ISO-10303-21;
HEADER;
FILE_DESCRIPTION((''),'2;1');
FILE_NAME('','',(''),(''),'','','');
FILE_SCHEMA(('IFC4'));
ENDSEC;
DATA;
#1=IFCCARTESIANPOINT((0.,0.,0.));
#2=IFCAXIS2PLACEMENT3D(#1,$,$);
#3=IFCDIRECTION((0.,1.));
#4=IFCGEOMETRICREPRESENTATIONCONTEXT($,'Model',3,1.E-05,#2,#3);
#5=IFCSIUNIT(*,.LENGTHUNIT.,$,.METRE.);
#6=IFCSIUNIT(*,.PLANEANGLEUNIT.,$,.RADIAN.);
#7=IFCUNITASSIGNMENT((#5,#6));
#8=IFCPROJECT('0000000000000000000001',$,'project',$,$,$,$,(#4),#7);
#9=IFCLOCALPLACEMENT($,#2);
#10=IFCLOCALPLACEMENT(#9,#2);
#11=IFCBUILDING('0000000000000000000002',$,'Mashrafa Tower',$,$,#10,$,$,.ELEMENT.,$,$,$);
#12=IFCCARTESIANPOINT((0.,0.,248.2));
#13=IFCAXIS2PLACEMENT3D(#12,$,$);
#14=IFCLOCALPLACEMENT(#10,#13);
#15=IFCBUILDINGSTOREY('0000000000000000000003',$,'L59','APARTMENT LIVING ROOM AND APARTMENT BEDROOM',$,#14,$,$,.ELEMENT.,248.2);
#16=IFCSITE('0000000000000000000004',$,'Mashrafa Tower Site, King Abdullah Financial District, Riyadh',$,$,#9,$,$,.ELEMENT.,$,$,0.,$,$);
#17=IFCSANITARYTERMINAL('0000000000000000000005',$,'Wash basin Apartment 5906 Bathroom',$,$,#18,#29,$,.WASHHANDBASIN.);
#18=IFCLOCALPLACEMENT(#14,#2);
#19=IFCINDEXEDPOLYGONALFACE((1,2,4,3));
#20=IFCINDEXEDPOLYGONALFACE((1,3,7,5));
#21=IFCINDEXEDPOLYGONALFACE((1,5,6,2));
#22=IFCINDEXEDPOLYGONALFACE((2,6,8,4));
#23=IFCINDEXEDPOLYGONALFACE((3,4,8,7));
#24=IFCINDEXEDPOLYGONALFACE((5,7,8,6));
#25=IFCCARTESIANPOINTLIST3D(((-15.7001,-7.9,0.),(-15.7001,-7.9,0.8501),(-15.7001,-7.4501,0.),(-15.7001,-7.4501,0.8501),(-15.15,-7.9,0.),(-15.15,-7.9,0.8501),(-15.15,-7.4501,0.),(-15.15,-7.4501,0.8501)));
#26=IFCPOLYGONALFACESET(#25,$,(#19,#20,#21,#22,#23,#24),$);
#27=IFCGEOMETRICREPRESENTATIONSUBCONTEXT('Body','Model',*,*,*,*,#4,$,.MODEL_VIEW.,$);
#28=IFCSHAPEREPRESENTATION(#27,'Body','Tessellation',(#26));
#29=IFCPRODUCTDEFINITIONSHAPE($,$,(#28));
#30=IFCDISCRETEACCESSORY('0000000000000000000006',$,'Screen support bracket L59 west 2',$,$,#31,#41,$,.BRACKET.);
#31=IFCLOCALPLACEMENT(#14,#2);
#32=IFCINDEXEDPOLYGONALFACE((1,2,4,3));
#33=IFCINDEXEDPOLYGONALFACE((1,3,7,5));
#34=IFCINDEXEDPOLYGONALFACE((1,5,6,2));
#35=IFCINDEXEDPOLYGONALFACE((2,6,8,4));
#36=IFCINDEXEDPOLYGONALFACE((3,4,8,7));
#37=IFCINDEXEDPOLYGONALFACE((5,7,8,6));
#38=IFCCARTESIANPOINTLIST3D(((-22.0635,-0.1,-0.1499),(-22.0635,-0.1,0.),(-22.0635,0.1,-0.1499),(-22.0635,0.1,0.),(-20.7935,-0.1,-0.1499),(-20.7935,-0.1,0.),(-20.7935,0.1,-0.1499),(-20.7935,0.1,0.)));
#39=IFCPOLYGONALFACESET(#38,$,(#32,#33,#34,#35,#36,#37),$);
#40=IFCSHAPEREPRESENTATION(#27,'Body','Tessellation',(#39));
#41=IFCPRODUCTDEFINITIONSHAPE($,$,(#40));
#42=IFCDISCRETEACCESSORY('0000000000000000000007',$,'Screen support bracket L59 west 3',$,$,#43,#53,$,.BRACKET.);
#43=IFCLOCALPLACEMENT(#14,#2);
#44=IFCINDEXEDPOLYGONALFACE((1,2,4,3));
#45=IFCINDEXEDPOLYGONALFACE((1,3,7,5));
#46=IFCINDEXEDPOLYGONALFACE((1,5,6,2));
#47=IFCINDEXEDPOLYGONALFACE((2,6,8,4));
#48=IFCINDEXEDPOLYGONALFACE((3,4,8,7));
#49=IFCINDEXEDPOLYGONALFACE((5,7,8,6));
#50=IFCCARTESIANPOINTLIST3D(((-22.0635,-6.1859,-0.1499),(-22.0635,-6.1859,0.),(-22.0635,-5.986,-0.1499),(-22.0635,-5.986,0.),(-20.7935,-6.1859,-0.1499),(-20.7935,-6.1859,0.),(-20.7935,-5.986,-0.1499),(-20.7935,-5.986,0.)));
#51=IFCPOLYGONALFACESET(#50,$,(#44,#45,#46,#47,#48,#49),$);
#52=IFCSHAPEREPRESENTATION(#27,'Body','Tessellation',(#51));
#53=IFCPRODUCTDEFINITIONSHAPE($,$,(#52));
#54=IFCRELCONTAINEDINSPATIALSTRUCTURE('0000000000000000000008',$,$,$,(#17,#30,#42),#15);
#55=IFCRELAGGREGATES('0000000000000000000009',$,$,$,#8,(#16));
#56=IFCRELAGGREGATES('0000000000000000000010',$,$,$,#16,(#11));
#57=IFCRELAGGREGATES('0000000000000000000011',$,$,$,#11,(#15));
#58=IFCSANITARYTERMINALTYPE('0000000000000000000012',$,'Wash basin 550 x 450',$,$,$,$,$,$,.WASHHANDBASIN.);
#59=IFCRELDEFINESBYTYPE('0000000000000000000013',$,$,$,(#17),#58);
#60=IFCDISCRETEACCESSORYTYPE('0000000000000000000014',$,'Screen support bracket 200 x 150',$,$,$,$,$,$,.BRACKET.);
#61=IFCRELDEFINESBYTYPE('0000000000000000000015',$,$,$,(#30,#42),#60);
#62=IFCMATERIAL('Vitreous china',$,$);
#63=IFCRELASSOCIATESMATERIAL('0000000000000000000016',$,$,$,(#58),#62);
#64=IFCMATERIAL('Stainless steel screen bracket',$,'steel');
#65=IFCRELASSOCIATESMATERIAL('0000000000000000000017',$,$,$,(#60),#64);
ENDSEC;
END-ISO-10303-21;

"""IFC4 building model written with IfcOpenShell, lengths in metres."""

from ifc_helpers import new_model, si_unit, direction, frame, origin, origin_2d, place, context, subcontext, project, spatial, rectangle, extrude, source, transform, mapped, material, type_object, type_shapes, element, save


model = new_model("IFC4")

# Units and contexts
model_context = context("Model", 3, precision=1e-05, world=origin(), true_north=direction((0.0, 1.0)))
body_context = subcontext(model_context, "Body", "Model", "MODEL_VIEW")
ifc_project = project(units=[si_unit("LENGTHUNIT", "METRE"), si_unit("PLANEANGLEUNIT", "RADIAN")], contexts=[model_context])

# Site, building, storey
site_placement = place(None, origin())
site = spatial("IfcSite", under=ifc_project, at=site_placement, Name="Mashrafa Tower Site, King Abdullah Financial District, Riyadh", CompositionType="ELEMENT", RefElevation=0.0)
building_placement = place(site_placement, origin())
building = spatial("IfcBuilding", under=site, at=building_placement, Name="Mashrafa Tower", CompositionType="ELEMENT")
storey_placement = place(building_placement, frame((0.0, 0.0, 248.2)))
storey = spatial("IfcBuildingStorey", under=building, at=storey_placement, Name="L59", Description="APARTMENT LIVING ROOM AND APARTMENT BEDROOM", CompositionType="ELEMENT", Elevation=248.2)

# Sanitary terminal
ifc_material_1 = material(Name="Vitreous china")
sanitary_terminal_type_1 = type_object("IfcSanitaryTerminalType", Name="Wash basin 550 x 450", PredefinedType="WASHHANDBASIN", material=ifc_material_1)
sanitary_terminal_1_placement = place(storey_placement, frame((-15.425, -7.675, 0.0), z_axis=(0.0, 0.0, 1.0), x_axis=(-1.0, 0.0, 0.0)))
element("IfcSanitaryTerminal", 1, at=sanitary_terminal_1_placement, inside=storey, type_object=sanitary_terminal_type_1, Name="Wash basin Apartment 5906 Bathroom", PredefinedType="WASHHANDBASIN", context=body_context, shape_type="SweptSolid", body=[
    extrude(rectangle(XDim=0.55, YDim=0.45, at=origin_2d()), origin(), (0.0, 0.0, 1.0), 0.8501),
])

# Discrete accessories
ifc_material_2 = material(Name="Stainless steel screen bracket", Category="steel")
discrete_accessory_type = type_object("IfcDiscreteAccessoryType", Name="Screen support bracket 200 x 150", PredefinedType="BRACKET", material=ifc_material_2)
shared_shape_1 = source(origin(), body_context, "Body", "SweptSolid", [
    extrude(rectangle(XDim=0.2, YDim=1.27, at=origin_2d()), origin(), (0.0, 0.0, 1.0), 0.1499),
])
type_shapes(discrete_accessory_type, [shared_shape_1])
for number, where, z_axis, x_axis, name in (
    (2, (-21.4285, 0.0, -0.1499), (0.0, 0.0, 1.0), (0.0, -1.0, 0.0), "Screen support bracket L59 west 2"),
    (3, (-21.4285, -6.0859, -0.1499), (0.0, 0.0, 1.0), (0.0, -1.0, 0.0), "Screen support bracket L59 west 3"),
):
    element("IfcDiscreteAccessory", number, at=place(storey_placement, frame(where, z_axis=z_axis, x_axis=x_axis)), inside=storey, type_object=discrete_accessory_type, Name=name, PredefinedType="BRACKET", context=body_context, shape_type="MappedRepresentation", body=[
        mapped(shared_shape_1, transform((0.0, 0.0, 0.0))),
    ])

save(model, "model.ifc")
